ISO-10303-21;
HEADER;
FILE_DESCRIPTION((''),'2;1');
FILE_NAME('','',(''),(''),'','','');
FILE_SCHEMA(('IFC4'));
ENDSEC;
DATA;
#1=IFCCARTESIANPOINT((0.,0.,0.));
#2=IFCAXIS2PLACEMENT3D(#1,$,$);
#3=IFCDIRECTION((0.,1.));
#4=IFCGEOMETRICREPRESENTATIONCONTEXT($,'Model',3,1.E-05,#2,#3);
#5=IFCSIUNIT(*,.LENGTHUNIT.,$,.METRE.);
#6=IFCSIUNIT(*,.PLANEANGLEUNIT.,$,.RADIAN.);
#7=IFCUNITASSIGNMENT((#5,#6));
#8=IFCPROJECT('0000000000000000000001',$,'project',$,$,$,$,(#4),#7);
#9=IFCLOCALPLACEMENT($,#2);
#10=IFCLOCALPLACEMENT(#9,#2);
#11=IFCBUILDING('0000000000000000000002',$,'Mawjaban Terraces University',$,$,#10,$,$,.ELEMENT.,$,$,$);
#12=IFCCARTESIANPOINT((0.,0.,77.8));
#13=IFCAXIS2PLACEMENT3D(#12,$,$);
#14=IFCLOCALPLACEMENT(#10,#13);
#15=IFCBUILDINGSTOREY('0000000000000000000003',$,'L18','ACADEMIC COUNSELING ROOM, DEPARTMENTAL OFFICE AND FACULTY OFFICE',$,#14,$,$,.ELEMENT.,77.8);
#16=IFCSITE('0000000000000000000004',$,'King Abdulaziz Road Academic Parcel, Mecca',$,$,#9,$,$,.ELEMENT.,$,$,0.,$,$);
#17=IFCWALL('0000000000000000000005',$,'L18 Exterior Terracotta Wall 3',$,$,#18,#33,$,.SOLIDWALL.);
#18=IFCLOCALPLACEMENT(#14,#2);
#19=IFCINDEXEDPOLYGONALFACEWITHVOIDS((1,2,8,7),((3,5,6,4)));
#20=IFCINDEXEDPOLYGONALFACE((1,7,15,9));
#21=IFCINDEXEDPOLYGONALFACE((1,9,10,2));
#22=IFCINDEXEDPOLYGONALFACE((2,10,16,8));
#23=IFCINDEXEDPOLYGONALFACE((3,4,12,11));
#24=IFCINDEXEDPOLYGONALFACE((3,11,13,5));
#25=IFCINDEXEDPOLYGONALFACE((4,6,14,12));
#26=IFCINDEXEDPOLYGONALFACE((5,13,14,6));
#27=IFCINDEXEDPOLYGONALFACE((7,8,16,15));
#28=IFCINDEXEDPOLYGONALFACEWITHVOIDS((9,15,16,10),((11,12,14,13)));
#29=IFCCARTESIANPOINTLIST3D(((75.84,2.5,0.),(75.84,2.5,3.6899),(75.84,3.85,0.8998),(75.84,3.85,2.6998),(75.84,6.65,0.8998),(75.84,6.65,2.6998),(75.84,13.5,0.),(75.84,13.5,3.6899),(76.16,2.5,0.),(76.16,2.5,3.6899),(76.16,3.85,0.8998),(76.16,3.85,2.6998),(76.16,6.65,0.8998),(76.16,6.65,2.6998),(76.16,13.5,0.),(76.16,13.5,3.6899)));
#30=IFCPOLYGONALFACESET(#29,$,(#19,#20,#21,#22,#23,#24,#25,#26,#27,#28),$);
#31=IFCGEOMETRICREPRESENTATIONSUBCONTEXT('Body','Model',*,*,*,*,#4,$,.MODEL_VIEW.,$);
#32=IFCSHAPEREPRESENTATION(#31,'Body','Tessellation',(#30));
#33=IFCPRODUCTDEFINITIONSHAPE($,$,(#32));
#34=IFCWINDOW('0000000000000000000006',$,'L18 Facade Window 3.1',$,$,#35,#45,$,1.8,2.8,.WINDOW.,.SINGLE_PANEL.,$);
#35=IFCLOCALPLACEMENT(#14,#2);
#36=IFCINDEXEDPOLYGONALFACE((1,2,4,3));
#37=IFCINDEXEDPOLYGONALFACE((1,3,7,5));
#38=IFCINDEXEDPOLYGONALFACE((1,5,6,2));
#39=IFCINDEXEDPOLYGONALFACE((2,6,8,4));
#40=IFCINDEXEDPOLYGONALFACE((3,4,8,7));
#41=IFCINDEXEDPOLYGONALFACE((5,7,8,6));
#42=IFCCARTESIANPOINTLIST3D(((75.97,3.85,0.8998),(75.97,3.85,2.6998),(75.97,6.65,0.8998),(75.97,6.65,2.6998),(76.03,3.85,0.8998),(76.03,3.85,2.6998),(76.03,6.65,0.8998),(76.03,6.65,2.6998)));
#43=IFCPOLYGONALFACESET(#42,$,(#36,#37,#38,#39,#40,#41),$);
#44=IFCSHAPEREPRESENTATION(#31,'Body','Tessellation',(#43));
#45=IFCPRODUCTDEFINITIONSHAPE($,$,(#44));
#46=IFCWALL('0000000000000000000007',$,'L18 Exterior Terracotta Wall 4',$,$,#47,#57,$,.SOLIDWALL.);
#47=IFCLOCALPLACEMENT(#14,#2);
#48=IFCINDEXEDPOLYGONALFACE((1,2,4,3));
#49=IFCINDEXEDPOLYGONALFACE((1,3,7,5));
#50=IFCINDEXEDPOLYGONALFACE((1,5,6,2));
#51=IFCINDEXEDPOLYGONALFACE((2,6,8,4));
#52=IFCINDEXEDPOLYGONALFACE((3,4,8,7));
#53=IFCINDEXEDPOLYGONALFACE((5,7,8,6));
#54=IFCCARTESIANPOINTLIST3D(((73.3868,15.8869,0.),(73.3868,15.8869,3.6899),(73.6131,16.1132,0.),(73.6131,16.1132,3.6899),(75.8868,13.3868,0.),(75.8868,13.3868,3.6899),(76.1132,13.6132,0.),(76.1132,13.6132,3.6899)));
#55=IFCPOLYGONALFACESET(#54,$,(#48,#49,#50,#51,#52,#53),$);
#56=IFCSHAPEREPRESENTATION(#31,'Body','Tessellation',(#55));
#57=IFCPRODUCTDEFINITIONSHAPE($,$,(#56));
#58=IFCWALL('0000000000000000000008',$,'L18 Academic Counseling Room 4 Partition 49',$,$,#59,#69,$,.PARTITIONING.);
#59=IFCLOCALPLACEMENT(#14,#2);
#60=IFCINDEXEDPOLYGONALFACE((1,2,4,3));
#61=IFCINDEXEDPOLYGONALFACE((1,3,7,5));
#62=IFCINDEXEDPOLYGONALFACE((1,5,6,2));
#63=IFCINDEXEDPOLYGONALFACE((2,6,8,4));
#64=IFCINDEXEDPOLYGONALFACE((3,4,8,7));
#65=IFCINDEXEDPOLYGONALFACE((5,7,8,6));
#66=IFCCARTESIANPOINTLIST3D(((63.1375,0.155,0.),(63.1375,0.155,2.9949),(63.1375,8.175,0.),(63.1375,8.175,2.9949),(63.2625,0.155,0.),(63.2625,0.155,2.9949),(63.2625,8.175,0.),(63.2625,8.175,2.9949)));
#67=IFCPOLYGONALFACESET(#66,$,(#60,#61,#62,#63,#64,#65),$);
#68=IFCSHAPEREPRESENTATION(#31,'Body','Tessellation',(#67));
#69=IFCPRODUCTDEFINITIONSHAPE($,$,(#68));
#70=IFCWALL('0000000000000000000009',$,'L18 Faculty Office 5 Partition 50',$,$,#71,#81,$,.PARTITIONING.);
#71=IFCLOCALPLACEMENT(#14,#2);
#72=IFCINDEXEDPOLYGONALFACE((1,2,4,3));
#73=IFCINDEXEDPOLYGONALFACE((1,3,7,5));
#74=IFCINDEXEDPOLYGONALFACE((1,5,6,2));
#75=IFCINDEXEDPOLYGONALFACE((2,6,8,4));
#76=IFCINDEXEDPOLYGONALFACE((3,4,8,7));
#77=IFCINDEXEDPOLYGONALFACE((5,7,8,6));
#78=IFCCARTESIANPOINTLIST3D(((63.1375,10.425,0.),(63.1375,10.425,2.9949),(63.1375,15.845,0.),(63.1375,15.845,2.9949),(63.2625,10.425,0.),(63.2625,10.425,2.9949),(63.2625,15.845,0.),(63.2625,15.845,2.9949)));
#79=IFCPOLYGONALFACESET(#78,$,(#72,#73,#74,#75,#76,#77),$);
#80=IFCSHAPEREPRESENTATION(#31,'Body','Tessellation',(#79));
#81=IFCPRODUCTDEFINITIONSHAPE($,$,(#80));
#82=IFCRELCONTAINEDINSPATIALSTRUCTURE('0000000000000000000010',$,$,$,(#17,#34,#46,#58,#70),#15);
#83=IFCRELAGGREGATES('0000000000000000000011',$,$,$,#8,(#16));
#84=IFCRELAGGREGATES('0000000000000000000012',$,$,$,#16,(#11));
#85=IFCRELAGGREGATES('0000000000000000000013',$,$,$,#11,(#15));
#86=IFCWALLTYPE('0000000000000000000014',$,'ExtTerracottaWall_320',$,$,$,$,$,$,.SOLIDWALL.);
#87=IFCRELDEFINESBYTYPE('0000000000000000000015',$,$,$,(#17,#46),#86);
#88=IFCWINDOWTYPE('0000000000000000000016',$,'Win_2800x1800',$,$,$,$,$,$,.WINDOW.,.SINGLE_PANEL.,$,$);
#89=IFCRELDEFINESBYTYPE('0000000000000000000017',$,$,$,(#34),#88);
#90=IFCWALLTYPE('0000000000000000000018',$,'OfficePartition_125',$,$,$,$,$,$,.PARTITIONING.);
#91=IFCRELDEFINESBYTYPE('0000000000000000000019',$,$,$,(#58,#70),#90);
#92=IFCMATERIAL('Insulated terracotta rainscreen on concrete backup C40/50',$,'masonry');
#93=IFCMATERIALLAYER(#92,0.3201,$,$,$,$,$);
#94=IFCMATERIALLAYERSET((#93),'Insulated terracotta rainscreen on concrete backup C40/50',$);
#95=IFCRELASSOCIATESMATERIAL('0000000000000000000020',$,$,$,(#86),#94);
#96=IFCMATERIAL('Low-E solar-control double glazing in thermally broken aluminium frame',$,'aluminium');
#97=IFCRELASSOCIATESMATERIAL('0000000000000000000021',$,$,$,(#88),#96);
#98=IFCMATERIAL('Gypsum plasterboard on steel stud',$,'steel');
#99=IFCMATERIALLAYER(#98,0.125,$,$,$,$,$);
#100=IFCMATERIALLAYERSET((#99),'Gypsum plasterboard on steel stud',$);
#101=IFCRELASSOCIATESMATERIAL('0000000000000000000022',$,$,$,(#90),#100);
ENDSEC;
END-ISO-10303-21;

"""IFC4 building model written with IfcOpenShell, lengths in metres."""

from ifc_helpers import new_model, si_unit, direction, frame, frame_2d, origin, place, context, subcontext, project, spatial, rectangle, extrude, material, layer, layer_set, type_object, element, fill, save


model = new_model("IFC4")

# Units and contexts
model_context = context("Model", 3, precision=1e-05, world=origin(), true_north=direction((0.0, 1.0)))
body_context = subcontext(model_context, "Body", "Model", "MODEL_VIEW")
ifc_project = project(units=[si_unit("LENGTHUNIT", "METRE"), si_unit("PLANEANGLEUNIT", "RADIAN")], contexts=[model_context])

# Site, building, storey
site_placement = place(None, origin())
site = spatial("IfcSite", under=ifc_project, at=site_placement, Name="King Abdulaziz Road Academic Parcel, Mecca", CompositionType="ELEMENT", RefElevation=0.0)
building_placement = place(site_placement, origin())
building = spatial("IfcBuilding", under=site, at=building_placement, Name="Mawjaban Terraces University", CompositionType="ELEMENT")
storey_placement = place(building_placement, frame((0.0, 0.0, 77.8)))
storey = spatial("IfcBuildingStorey", under=building, at=storey_placement, Name="L18", Description="ACADEMIC COUNSELING ROOM, DEPARTMENTAL OFFICE AND FACULTY OFFICE", CompositionType="ELEMENT", Elevation=77.8)

# Shared definitions
ifc_material_1 = material(Name="Insulated terracotta rainscreen on concrete backup C40/50", Category="masonry")
ifc_layer_1 = layer(ifc_material_1, 0.3201)
ifc_layer_set_1 = layer_set([ifc_layer_1], Name="Insulated terracotta rainscreen on concrete backup C40/50")
wall_type_1 = type_object("IfcWallType", Name="ExtTerracottaWall_320", PredefinedType="SOLIDWALL", material=ifc_layer_set_1)

# Wall, opening, window
wall_1_placement = place(storey_placement, frame((76.0, 2.5, 0.0), z_axis=(0.0, 0.0, 1.0), x_axis=(0.0, 1.0, 0.0)))
wall_1 = element("IfcWall", 1, at=wall_1_placement, inside=storey, type_object=wall_type_1, Name="L18 Exterior Terracotta Wall 3", PredefinedType="SOLIDWALL", context=body_context, shape_type="SweptSolid", body=[
    extrude(rectangle(XDim=11.0, YDim=0.3201, at=frame_2d((5.5, 0.0))), origin(), (0.0, 0.0, 1.0), 3.6899),
])
opening_1_placement = place(wall_1_placement, frame((1.3501, 0.0, 0.8999)))
opening_1 = element("IfcOpeningElement", 2, at=opening_1_placement, cuts=wall_1, PredefinedType="OPENING", context=body_context, shape_type="SweptSolid", body=[
    extrude(rectangle(XDim=2.8, YDim=1.8, at=frame_2d((1.3999, 0.8999))), frame((0.0, 0.1699, 0.0), z_axis=(0.0, -1.0, 0.0), x_axis=(1.0, 0.0, 0.0)), (0.0, 0.0, 1.0), 0.3401),
])
ifc_material_2 = material(Name="Low-E solar-control double glazing in thermally broken aluminium frame", Category="aluminium")
window_type = type_object("IfcWindowType", Name="Win_2800x1800", PartitioningType="SINGLE_PANEL", PredefinedType="WINDOW", material=ifc_material_2)
window_placement = place(opening_1_placement, origin())
window = element("IfcWindow", 3, at=window_placement, inside=storey, type_object=window_type, Name="L18 Facade Window 3.1", OverallHeight=1.8, OverallWidth=2.8, PartitioningType="SINGLE_PANEL", PredefinedType="WINDOW", context=body_context, shape_type="SweptSolid", body=[
    extrude(rectangle(XDim=2.8, YDim=1.8, at=frame_2d((1.3999, 0.8999))), frame((0.0, 0.03, 0.0), z_axis=(0.0, -1.0, 0.0), x_axis=(1.0, 0.0, 0.0)), (0.0, 0.0, 1.0), 0.0601),
])
fill(opening_1, window)

# Walls
wall_2_placement = place(storey_placement, frame((76.0, 13.5, 0.0), z_axis=(0.0, 0.0, 1.0), x_axis=(-0.707107, 0.707107, 0.0)))
element("IfcWall", 4, at=wall_2_placement, inside=storey, type_object=wall_type_1, Name="L18 Exterior Terracotta Wall 4", PredefinedType="SOLIDWALL", context=body_context, shape_type="SweptSolid", body=[
    extrude(rectangle(XDim=3.5356, YDim=0.3201, at=frame_2d((1.7678, 0.0))), origin(), (0.0, 0.0, 1.0), 3.6899),
])
ifc_material_3 = material(Name="Gypsum plasterboard on steel stud", Category="steel")
ifc_layer_2 = layer(ifc_material_3, 0.125)
ifc_layer_set_2 = layer_set([ifc_layer_2], Name="Gypsum plasterboard on steel stud")
wall_type_2 = type_object("IfcWallType", Name="OfficePartition_125", PredefinedType="PARTITIONING", material=ifc_layer_set_2)
wall_3_placement = place(storey_placement, frame((63.2, 0.155, 0.0), z_axis=(0.0, 0.0, 1.0), x_axis=(0.0, 1.0, 0.0)))
element("IfcWall", 5, at=wall_3_placement, inside=storey, type_object=wall_type_2, Name="L18 Academic Counseling Room 4 Partition 49", PredefinedType="PARTITIONING", context=body_context, shape_type="SweptSolid", body=[
    extrude(rectangle(XDim=8.02, YDim=0.125, at=frame_2d((4.01, 0.0))), origin(), (0.0, 0.0, 1.0), 2.9949),
])
wall_4_placement = place(storey_placement, frame((63.2, 10.425, 0.0), z_axis=(0.0, 0.0, 1.0), x_axis=(0.0, 1.0, 0.0)))
element("IfcWall", 6, at=wall_4_placement, inside=storey, type_object=wall_type_2, Name="L18 Faculty Office 5 Partition 50", PredefinedType="PARTITIONING", context=body_context, shape_type="SweptSolid", body=[
    extrude(rectangle(XDim=5.4199, YDim=0.125, at=frame_2d((2.71, 0.0))), origin(), (0.0, 0.0, 1.0), 2.9949),
])

save(model, "model.ifc")
